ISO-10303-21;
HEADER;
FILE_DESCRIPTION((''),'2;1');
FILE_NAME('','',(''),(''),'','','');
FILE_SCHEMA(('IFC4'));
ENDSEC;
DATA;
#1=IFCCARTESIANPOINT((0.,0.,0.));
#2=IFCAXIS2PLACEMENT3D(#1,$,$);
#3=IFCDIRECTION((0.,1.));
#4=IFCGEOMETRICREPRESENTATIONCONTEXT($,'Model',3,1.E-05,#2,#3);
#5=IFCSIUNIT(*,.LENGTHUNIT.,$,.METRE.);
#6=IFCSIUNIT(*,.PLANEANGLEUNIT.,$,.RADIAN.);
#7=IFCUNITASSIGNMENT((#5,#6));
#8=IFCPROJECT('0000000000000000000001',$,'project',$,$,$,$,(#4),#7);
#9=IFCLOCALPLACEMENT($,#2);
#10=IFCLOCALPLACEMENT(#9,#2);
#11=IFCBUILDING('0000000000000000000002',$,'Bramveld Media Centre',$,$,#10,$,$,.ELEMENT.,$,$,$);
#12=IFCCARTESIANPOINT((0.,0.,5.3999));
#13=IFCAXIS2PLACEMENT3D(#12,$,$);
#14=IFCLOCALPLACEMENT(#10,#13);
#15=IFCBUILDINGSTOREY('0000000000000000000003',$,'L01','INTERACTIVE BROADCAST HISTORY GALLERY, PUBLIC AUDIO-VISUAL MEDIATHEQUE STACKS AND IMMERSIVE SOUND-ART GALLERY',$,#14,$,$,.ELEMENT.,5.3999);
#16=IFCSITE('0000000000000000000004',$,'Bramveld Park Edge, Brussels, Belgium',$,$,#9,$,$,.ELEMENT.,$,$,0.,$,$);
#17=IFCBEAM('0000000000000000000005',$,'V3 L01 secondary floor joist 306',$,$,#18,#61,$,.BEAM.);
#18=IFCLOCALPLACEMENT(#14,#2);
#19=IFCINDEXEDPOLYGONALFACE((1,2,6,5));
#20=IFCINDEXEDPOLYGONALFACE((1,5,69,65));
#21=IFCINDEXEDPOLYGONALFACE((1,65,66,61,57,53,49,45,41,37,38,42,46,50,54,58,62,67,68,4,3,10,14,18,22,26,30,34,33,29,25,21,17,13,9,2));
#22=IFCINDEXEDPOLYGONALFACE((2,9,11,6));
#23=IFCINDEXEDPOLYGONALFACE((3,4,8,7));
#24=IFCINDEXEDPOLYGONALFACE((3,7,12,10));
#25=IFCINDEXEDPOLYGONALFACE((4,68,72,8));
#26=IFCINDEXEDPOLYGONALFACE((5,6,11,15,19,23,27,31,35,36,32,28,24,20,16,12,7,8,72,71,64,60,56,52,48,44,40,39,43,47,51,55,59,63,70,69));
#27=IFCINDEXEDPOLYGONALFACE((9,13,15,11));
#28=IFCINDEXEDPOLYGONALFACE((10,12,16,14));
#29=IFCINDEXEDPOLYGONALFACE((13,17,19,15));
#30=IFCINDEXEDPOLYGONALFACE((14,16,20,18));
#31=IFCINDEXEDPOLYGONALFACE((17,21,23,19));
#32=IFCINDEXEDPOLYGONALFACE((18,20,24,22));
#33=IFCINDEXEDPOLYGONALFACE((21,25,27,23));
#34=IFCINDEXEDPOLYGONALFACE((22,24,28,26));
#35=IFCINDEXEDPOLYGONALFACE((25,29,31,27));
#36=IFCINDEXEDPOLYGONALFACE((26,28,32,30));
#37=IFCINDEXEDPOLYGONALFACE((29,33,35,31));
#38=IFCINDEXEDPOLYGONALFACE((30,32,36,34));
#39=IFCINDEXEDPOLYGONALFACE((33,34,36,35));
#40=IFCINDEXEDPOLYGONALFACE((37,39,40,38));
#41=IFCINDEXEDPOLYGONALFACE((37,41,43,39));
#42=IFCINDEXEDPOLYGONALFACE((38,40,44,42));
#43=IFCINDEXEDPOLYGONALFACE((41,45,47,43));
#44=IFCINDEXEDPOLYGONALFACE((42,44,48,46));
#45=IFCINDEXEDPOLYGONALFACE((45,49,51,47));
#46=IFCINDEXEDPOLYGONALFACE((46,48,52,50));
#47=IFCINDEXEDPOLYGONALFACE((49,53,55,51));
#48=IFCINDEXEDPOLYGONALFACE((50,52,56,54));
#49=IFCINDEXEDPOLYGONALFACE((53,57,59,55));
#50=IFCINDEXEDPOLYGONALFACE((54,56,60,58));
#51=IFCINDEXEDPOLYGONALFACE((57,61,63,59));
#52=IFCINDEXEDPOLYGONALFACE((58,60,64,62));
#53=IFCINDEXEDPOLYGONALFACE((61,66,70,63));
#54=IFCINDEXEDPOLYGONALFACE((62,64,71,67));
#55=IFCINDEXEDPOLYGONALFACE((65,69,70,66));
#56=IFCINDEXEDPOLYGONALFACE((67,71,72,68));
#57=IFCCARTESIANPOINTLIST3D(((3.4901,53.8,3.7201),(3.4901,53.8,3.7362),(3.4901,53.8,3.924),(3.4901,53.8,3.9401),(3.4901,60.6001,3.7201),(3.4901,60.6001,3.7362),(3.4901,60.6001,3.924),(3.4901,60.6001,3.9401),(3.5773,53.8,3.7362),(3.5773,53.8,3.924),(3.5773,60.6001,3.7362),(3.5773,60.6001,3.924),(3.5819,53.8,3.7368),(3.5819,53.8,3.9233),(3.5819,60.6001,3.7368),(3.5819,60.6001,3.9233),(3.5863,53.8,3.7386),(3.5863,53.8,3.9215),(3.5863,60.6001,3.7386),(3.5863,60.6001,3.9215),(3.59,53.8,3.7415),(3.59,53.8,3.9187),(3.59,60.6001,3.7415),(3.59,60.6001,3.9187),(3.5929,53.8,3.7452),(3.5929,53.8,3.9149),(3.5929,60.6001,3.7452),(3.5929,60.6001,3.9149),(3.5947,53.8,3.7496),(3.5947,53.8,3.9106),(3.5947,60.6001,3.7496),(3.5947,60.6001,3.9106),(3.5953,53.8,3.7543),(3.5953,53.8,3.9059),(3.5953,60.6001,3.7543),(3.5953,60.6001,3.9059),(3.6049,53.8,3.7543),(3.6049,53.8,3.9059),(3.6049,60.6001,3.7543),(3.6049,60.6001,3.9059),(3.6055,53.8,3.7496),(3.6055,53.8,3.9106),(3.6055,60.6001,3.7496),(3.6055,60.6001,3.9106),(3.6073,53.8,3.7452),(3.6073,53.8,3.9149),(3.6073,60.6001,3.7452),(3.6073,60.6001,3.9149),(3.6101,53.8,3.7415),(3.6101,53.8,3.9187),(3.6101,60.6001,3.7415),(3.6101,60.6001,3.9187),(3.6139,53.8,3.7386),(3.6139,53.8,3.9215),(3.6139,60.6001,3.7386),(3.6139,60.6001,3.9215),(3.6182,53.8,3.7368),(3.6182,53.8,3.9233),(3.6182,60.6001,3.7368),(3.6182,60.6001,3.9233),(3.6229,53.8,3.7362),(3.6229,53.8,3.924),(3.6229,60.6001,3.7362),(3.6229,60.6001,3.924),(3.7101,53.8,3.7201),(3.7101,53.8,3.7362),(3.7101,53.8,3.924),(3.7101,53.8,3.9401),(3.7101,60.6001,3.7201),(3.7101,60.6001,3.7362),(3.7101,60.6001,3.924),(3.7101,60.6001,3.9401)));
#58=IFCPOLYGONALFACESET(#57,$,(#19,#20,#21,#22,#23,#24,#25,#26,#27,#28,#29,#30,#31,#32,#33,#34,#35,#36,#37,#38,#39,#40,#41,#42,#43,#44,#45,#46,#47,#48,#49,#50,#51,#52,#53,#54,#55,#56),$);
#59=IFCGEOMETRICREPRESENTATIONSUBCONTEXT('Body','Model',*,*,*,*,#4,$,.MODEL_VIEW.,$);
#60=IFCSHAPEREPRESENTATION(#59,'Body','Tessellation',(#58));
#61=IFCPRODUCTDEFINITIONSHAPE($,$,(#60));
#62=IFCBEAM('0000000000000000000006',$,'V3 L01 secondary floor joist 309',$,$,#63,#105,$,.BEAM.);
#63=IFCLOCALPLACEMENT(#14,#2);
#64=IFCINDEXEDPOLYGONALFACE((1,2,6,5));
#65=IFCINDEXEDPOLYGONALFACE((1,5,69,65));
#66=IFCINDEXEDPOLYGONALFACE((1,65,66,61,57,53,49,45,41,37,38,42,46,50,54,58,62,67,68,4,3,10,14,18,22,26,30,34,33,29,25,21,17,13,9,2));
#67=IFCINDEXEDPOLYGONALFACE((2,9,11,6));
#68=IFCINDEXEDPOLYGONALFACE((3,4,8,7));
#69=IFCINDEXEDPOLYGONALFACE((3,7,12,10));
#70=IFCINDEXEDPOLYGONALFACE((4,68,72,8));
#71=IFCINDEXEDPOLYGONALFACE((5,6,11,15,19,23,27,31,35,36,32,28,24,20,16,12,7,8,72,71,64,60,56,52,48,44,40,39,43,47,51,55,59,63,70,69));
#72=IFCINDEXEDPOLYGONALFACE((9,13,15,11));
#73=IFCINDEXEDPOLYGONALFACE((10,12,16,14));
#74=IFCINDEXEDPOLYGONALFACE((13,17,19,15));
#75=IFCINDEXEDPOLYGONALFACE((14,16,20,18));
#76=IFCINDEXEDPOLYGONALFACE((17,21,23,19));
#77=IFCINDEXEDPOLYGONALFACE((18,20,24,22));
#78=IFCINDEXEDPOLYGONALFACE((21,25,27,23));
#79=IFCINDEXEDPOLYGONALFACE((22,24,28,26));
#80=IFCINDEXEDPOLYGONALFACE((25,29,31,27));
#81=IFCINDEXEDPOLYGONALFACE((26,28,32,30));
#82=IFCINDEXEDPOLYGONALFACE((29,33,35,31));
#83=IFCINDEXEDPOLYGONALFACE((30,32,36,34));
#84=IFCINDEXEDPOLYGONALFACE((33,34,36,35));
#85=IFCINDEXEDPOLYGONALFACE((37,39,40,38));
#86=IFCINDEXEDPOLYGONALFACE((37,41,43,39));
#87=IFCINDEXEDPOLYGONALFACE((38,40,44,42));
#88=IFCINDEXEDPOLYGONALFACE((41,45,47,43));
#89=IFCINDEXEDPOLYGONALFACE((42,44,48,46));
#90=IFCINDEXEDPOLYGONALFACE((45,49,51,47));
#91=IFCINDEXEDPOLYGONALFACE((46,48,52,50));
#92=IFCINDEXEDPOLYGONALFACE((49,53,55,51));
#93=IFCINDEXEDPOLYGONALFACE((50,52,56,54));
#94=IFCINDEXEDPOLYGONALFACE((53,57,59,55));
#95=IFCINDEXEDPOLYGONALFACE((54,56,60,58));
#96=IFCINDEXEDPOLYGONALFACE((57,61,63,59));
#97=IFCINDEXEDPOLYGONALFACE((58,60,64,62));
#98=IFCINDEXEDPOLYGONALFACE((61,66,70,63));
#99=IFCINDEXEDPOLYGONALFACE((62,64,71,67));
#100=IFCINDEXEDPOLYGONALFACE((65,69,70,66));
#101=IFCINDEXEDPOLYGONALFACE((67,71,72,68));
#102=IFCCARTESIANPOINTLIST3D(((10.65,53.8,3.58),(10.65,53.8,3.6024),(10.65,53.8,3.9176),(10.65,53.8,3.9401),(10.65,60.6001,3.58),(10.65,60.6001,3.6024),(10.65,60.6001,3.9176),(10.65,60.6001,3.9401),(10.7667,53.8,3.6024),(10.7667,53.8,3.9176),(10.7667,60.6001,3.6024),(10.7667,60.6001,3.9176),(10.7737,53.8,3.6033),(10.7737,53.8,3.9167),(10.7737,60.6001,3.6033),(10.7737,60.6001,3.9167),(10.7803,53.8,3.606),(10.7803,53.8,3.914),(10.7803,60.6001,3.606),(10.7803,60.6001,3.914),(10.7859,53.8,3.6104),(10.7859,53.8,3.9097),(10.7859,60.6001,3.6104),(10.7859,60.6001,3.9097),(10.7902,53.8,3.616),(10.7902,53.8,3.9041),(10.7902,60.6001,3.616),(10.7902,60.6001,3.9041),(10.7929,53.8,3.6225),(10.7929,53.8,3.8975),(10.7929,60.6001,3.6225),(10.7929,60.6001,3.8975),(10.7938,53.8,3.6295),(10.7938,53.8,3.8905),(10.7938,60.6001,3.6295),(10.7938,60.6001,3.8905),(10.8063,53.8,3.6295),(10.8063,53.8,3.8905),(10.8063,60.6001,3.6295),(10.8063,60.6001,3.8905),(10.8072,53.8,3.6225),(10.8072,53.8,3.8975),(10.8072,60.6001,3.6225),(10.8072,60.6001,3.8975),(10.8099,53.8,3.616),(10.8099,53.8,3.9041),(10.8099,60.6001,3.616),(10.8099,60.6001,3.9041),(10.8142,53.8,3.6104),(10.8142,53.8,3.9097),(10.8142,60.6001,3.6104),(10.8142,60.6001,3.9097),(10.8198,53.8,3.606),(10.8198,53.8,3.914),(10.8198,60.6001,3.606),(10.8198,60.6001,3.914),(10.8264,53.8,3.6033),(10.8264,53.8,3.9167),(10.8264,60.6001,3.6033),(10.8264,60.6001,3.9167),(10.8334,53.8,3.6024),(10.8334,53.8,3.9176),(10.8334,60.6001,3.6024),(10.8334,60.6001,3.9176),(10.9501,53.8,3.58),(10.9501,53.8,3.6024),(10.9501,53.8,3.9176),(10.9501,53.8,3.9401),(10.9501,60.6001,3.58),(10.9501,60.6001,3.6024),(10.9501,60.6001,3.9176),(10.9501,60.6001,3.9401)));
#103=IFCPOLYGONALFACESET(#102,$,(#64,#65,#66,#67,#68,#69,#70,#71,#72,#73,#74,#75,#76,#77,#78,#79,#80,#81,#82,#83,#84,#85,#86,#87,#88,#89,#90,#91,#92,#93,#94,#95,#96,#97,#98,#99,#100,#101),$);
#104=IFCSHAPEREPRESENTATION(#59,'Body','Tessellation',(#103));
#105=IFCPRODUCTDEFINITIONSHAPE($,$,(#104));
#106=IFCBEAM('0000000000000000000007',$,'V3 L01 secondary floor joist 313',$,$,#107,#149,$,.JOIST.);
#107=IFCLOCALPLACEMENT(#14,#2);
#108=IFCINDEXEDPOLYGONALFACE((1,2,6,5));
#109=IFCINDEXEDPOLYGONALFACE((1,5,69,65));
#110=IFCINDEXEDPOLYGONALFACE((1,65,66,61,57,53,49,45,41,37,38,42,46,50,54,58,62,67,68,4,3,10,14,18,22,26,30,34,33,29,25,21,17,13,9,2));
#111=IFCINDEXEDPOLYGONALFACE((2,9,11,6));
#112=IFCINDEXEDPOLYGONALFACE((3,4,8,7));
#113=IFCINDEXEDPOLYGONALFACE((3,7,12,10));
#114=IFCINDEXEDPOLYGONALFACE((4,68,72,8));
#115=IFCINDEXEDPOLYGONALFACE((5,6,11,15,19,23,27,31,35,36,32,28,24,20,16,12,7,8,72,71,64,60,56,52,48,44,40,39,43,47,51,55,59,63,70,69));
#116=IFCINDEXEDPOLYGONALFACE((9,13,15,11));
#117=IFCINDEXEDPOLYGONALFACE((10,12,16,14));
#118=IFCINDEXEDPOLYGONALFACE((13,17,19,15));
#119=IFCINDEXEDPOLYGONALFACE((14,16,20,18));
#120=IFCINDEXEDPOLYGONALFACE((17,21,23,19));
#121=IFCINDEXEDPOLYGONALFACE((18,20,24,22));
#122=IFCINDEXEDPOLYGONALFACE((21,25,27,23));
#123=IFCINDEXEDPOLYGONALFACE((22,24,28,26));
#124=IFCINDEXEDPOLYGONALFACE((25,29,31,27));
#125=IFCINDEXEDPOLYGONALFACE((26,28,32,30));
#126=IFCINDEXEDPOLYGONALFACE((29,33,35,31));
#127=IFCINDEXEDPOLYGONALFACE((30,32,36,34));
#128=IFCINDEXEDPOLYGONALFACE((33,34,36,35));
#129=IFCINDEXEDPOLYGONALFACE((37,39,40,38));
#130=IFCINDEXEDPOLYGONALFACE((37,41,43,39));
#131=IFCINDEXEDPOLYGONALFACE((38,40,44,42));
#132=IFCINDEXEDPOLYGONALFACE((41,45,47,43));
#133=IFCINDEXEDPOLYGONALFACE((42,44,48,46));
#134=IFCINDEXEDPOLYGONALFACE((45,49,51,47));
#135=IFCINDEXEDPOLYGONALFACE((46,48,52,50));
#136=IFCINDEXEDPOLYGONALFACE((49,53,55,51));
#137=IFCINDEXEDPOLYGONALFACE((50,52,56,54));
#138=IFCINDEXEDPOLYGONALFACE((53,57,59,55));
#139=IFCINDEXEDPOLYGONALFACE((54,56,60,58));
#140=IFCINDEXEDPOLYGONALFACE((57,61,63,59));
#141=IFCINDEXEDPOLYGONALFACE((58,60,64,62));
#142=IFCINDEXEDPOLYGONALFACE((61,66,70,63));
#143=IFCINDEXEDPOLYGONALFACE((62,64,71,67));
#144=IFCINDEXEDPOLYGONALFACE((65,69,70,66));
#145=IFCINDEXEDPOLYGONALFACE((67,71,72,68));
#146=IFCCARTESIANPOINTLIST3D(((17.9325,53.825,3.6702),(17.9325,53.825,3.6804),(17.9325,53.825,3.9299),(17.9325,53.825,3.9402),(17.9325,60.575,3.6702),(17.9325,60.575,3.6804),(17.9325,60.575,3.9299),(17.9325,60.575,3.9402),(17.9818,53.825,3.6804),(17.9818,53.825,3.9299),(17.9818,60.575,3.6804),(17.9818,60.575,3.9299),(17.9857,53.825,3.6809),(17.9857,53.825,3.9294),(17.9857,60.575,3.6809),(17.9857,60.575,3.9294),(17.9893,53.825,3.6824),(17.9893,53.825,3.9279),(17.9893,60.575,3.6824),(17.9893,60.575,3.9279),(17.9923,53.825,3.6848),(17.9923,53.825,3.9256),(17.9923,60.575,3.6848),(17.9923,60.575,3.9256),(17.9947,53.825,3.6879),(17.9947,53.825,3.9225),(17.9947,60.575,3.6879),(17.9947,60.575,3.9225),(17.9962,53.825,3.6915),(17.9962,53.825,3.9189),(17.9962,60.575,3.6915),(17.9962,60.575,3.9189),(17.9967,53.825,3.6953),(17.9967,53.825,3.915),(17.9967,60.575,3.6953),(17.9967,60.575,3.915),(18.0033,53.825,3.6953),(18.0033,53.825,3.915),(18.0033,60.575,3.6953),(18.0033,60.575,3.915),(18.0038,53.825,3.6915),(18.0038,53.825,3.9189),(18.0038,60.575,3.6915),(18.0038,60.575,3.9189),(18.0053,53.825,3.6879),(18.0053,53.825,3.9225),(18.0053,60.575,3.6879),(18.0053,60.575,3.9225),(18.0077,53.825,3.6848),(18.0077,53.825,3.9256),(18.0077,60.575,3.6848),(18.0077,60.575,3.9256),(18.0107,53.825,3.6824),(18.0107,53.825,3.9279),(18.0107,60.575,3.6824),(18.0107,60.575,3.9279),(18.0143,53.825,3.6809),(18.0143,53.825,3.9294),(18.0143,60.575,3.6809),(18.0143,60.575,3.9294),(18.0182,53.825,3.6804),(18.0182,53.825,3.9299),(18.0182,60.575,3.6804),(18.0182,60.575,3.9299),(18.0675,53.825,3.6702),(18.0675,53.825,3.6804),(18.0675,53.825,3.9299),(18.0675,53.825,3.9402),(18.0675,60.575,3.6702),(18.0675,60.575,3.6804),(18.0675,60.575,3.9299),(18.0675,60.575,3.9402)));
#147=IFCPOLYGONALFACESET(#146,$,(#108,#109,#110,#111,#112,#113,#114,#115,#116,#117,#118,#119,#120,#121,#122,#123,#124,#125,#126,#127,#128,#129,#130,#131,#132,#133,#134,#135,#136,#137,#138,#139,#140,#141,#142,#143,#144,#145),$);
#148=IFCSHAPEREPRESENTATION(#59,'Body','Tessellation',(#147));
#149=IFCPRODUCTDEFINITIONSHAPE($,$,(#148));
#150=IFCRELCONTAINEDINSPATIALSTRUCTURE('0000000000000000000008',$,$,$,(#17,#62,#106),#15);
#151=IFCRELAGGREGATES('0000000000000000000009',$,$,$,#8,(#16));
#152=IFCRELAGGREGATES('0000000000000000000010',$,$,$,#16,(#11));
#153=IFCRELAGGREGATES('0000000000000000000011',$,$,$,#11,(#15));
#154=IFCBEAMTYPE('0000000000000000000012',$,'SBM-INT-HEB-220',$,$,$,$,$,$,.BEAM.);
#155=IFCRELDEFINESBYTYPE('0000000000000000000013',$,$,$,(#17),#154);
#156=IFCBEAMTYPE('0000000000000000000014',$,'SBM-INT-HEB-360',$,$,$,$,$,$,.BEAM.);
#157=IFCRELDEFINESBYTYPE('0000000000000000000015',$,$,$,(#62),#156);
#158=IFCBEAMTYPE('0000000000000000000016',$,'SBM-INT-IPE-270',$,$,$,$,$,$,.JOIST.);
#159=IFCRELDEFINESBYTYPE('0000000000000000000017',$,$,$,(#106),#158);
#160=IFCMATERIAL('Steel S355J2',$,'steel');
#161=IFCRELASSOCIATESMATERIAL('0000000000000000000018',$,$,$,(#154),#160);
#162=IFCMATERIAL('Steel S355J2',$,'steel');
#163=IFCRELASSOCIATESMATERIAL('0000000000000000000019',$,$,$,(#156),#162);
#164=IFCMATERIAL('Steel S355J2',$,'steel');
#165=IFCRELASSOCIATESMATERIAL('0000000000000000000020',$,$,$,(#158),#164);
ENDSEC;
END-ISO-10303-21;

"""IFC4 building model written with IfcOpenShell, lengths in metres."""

from ifc_helpers import new_model, si_unit, direction, frame, origin, origin_2d, place, context, subcontext, project, spatial, i_section, extrude, material, material_profile, profile_set, type_object, element, save


model = new_model("IFC4")

# Units and contexts
model_context = context("Model", 3, precision=1e-05, world=origin(), true_north=direction((0.0, 1.0)))
body_context = subcontext(model_context, "Body", "Model", "MODEL_VIEW")
ifc_project = project(units=[si_unit("LENGTHUNIT", "METRE"), si_unit("PLANEANGLEUNIT", "RADIAN")], contexts=[model_context])

# Site, building, storey
site_placement = place(None, origin())
site = spatial("IfcSite", under=ifc_project, at=site_placement, Name="Bramveld Park Edge, Brussels, Belgium", CompositionType="ELEMENT", RefElevation=0.0)
building_placement = place(site_placement, origin())
building = spatial("IfcBuilding", under=site, at=building_placement, Name="Bramveld Media Centre", CompositionType="ELEMENT")
storey_placement = place(building_placement, frame((0.0, 0.0, 5.3999)))
storey = spatial("IfcBuildingStorey", under=building, at=storey_placement, Name="L01", Description="INTERACTIVE BROADCAST HISTORY GALLERY, PUBLIC AUDIO-VISUAL MEDIATHEQUE STACKS AND IMMERSIVE SOUND-ART GALLERY", CompositionType="ELEMENT", Elevation=5.3999)

# Beams
ifc_material_1 = material(Name="Steel S355J2", Category="steel")
ifc_material_profile_1 = material_profile(ifc_material_1, i_section(OverallWidth=0.22, OverallDepth=0.22, WebThickness=0.0095, FlangeThickness=0.0161, FilletRadius=0.0181, at=origin_2d()), Name="HEB 220")
ifc_profile_set_1 = profile_set([ifc_material_profile_1], Name="Steel S355J2")
beam_type_1 = type_object("IfcBeamType", Name="SBM-INT-HEB-220", PredefinedType="BEAM", material=ifc_profile_set_1)
beam_1_placement = place(storey_placement, frame((3.6001, 53.8, 3.8301), z_axis=(0.0, 1.0, 0.0), x_axis=(-1.0, 0.0, 0.0)))
element("IfcBeam", 1, at=beam_1_placement, inside=storey, type_object=beam_type_1, Name="V3 L01 secondary floor joist 306", PredefinedType="BEAM", context=body_context, shape_type="SweptSolid", body=[
    extrude(i_section(OverallWidth=0.22, OverallDepth=0.22, WebThickness=0.0095, FlangeThickness=0.0161, FilletRadius=0.0181, at=origin_2d()), origin(), (0.0, 0.0, 1.0), 6.8),
])
ifc_material_2 = material(Name="Steel S355J2", Category="steel")
ifc_material_profile_2 = material_profile(ifc_material_2, i_section(OverallWidth=0.3, OverallDepth=0.3601, WebThickness=0.0125, FlangeThickness=0.0225, FilletRadius=0.0271, at=origin_2d()), Name="HEB 360")
ifc_profile_set_2 = profile_set([ifc_material_profile_2], Name="Steel S355J2")
beam_type_2 = type_object("IfcBeamType", Name="SBM-INT-HEB-360", PredefinedType="BEAM", material=ifc_profile_set_2)
beam_2_placement = place(storey_placement, frame((10.8, 53.8, 3.76), z_axis=(0.0, 1.0, 0.0), x_axis=(-1.0, 0.0, 0.0)))
element("IfcBeam", 2, at=beam_2_placement, inside=storey, type_object=beam_type_2, Name="V3 L01 secondary floor joist 309", PredefinedType="BEAM", context=body_context, shape_type="SweptSolid", body=[
    extrude(i_section(OverallWidth=0.3, OverallDepth=0.3601, WebThickness=0.0125, FlangeThickness=0.0225, FilletRadius=0.0271, at=origin_2d()), origin(), (0.0, 0.0, 1.0), 6.8),
])
ifc_material_3 = material(Name="Steel S355J2", Category="steel")
ifc_material_profile_3 = material_profile(ifc_material_3, i_section(OverallWidth=0.135, OverallDepth=0.27, WebThickness=0.0066, FlangeThickness=0.0103, FilletRadius=0.0149, at=origin_2d()), Name="IPE 270")
ifc_profile_set_3 = profile_set([ifc_material_profile_3], Name="Steel S355J2")
beam_type_3 = type_object("IfcBeamType", Name="SBM-INT-IPE-270", PredefinedType="JOIST", material=ifc_profile_set_3)
beam_3_placement = place(storey_placement, frame((18.0, 53.825, 3.8052), z_axis=(0.0, 1.0, 0.0), x_axis=(-1.0, 0.0, 0.0)))
element("IfcBeam", 3, at=beam_3_placement, inside=storey, type_object=beam_type_3, Name="V3 L01 secondary floor joist 313", PredefinedType="JOIST", context=body_context, shape_type="SweptSolid", body=[
    extrude(i_section(OverallWidth=0.135, OverallDepth=0.27, WebThickness=0.0066, FlangeThickness=0.0103, FilletRadius=0.0149, at=origin_2d()), origin(), (0.0, 0.0, 1.0), 6.75),
])

save(model, "model.ifc")
